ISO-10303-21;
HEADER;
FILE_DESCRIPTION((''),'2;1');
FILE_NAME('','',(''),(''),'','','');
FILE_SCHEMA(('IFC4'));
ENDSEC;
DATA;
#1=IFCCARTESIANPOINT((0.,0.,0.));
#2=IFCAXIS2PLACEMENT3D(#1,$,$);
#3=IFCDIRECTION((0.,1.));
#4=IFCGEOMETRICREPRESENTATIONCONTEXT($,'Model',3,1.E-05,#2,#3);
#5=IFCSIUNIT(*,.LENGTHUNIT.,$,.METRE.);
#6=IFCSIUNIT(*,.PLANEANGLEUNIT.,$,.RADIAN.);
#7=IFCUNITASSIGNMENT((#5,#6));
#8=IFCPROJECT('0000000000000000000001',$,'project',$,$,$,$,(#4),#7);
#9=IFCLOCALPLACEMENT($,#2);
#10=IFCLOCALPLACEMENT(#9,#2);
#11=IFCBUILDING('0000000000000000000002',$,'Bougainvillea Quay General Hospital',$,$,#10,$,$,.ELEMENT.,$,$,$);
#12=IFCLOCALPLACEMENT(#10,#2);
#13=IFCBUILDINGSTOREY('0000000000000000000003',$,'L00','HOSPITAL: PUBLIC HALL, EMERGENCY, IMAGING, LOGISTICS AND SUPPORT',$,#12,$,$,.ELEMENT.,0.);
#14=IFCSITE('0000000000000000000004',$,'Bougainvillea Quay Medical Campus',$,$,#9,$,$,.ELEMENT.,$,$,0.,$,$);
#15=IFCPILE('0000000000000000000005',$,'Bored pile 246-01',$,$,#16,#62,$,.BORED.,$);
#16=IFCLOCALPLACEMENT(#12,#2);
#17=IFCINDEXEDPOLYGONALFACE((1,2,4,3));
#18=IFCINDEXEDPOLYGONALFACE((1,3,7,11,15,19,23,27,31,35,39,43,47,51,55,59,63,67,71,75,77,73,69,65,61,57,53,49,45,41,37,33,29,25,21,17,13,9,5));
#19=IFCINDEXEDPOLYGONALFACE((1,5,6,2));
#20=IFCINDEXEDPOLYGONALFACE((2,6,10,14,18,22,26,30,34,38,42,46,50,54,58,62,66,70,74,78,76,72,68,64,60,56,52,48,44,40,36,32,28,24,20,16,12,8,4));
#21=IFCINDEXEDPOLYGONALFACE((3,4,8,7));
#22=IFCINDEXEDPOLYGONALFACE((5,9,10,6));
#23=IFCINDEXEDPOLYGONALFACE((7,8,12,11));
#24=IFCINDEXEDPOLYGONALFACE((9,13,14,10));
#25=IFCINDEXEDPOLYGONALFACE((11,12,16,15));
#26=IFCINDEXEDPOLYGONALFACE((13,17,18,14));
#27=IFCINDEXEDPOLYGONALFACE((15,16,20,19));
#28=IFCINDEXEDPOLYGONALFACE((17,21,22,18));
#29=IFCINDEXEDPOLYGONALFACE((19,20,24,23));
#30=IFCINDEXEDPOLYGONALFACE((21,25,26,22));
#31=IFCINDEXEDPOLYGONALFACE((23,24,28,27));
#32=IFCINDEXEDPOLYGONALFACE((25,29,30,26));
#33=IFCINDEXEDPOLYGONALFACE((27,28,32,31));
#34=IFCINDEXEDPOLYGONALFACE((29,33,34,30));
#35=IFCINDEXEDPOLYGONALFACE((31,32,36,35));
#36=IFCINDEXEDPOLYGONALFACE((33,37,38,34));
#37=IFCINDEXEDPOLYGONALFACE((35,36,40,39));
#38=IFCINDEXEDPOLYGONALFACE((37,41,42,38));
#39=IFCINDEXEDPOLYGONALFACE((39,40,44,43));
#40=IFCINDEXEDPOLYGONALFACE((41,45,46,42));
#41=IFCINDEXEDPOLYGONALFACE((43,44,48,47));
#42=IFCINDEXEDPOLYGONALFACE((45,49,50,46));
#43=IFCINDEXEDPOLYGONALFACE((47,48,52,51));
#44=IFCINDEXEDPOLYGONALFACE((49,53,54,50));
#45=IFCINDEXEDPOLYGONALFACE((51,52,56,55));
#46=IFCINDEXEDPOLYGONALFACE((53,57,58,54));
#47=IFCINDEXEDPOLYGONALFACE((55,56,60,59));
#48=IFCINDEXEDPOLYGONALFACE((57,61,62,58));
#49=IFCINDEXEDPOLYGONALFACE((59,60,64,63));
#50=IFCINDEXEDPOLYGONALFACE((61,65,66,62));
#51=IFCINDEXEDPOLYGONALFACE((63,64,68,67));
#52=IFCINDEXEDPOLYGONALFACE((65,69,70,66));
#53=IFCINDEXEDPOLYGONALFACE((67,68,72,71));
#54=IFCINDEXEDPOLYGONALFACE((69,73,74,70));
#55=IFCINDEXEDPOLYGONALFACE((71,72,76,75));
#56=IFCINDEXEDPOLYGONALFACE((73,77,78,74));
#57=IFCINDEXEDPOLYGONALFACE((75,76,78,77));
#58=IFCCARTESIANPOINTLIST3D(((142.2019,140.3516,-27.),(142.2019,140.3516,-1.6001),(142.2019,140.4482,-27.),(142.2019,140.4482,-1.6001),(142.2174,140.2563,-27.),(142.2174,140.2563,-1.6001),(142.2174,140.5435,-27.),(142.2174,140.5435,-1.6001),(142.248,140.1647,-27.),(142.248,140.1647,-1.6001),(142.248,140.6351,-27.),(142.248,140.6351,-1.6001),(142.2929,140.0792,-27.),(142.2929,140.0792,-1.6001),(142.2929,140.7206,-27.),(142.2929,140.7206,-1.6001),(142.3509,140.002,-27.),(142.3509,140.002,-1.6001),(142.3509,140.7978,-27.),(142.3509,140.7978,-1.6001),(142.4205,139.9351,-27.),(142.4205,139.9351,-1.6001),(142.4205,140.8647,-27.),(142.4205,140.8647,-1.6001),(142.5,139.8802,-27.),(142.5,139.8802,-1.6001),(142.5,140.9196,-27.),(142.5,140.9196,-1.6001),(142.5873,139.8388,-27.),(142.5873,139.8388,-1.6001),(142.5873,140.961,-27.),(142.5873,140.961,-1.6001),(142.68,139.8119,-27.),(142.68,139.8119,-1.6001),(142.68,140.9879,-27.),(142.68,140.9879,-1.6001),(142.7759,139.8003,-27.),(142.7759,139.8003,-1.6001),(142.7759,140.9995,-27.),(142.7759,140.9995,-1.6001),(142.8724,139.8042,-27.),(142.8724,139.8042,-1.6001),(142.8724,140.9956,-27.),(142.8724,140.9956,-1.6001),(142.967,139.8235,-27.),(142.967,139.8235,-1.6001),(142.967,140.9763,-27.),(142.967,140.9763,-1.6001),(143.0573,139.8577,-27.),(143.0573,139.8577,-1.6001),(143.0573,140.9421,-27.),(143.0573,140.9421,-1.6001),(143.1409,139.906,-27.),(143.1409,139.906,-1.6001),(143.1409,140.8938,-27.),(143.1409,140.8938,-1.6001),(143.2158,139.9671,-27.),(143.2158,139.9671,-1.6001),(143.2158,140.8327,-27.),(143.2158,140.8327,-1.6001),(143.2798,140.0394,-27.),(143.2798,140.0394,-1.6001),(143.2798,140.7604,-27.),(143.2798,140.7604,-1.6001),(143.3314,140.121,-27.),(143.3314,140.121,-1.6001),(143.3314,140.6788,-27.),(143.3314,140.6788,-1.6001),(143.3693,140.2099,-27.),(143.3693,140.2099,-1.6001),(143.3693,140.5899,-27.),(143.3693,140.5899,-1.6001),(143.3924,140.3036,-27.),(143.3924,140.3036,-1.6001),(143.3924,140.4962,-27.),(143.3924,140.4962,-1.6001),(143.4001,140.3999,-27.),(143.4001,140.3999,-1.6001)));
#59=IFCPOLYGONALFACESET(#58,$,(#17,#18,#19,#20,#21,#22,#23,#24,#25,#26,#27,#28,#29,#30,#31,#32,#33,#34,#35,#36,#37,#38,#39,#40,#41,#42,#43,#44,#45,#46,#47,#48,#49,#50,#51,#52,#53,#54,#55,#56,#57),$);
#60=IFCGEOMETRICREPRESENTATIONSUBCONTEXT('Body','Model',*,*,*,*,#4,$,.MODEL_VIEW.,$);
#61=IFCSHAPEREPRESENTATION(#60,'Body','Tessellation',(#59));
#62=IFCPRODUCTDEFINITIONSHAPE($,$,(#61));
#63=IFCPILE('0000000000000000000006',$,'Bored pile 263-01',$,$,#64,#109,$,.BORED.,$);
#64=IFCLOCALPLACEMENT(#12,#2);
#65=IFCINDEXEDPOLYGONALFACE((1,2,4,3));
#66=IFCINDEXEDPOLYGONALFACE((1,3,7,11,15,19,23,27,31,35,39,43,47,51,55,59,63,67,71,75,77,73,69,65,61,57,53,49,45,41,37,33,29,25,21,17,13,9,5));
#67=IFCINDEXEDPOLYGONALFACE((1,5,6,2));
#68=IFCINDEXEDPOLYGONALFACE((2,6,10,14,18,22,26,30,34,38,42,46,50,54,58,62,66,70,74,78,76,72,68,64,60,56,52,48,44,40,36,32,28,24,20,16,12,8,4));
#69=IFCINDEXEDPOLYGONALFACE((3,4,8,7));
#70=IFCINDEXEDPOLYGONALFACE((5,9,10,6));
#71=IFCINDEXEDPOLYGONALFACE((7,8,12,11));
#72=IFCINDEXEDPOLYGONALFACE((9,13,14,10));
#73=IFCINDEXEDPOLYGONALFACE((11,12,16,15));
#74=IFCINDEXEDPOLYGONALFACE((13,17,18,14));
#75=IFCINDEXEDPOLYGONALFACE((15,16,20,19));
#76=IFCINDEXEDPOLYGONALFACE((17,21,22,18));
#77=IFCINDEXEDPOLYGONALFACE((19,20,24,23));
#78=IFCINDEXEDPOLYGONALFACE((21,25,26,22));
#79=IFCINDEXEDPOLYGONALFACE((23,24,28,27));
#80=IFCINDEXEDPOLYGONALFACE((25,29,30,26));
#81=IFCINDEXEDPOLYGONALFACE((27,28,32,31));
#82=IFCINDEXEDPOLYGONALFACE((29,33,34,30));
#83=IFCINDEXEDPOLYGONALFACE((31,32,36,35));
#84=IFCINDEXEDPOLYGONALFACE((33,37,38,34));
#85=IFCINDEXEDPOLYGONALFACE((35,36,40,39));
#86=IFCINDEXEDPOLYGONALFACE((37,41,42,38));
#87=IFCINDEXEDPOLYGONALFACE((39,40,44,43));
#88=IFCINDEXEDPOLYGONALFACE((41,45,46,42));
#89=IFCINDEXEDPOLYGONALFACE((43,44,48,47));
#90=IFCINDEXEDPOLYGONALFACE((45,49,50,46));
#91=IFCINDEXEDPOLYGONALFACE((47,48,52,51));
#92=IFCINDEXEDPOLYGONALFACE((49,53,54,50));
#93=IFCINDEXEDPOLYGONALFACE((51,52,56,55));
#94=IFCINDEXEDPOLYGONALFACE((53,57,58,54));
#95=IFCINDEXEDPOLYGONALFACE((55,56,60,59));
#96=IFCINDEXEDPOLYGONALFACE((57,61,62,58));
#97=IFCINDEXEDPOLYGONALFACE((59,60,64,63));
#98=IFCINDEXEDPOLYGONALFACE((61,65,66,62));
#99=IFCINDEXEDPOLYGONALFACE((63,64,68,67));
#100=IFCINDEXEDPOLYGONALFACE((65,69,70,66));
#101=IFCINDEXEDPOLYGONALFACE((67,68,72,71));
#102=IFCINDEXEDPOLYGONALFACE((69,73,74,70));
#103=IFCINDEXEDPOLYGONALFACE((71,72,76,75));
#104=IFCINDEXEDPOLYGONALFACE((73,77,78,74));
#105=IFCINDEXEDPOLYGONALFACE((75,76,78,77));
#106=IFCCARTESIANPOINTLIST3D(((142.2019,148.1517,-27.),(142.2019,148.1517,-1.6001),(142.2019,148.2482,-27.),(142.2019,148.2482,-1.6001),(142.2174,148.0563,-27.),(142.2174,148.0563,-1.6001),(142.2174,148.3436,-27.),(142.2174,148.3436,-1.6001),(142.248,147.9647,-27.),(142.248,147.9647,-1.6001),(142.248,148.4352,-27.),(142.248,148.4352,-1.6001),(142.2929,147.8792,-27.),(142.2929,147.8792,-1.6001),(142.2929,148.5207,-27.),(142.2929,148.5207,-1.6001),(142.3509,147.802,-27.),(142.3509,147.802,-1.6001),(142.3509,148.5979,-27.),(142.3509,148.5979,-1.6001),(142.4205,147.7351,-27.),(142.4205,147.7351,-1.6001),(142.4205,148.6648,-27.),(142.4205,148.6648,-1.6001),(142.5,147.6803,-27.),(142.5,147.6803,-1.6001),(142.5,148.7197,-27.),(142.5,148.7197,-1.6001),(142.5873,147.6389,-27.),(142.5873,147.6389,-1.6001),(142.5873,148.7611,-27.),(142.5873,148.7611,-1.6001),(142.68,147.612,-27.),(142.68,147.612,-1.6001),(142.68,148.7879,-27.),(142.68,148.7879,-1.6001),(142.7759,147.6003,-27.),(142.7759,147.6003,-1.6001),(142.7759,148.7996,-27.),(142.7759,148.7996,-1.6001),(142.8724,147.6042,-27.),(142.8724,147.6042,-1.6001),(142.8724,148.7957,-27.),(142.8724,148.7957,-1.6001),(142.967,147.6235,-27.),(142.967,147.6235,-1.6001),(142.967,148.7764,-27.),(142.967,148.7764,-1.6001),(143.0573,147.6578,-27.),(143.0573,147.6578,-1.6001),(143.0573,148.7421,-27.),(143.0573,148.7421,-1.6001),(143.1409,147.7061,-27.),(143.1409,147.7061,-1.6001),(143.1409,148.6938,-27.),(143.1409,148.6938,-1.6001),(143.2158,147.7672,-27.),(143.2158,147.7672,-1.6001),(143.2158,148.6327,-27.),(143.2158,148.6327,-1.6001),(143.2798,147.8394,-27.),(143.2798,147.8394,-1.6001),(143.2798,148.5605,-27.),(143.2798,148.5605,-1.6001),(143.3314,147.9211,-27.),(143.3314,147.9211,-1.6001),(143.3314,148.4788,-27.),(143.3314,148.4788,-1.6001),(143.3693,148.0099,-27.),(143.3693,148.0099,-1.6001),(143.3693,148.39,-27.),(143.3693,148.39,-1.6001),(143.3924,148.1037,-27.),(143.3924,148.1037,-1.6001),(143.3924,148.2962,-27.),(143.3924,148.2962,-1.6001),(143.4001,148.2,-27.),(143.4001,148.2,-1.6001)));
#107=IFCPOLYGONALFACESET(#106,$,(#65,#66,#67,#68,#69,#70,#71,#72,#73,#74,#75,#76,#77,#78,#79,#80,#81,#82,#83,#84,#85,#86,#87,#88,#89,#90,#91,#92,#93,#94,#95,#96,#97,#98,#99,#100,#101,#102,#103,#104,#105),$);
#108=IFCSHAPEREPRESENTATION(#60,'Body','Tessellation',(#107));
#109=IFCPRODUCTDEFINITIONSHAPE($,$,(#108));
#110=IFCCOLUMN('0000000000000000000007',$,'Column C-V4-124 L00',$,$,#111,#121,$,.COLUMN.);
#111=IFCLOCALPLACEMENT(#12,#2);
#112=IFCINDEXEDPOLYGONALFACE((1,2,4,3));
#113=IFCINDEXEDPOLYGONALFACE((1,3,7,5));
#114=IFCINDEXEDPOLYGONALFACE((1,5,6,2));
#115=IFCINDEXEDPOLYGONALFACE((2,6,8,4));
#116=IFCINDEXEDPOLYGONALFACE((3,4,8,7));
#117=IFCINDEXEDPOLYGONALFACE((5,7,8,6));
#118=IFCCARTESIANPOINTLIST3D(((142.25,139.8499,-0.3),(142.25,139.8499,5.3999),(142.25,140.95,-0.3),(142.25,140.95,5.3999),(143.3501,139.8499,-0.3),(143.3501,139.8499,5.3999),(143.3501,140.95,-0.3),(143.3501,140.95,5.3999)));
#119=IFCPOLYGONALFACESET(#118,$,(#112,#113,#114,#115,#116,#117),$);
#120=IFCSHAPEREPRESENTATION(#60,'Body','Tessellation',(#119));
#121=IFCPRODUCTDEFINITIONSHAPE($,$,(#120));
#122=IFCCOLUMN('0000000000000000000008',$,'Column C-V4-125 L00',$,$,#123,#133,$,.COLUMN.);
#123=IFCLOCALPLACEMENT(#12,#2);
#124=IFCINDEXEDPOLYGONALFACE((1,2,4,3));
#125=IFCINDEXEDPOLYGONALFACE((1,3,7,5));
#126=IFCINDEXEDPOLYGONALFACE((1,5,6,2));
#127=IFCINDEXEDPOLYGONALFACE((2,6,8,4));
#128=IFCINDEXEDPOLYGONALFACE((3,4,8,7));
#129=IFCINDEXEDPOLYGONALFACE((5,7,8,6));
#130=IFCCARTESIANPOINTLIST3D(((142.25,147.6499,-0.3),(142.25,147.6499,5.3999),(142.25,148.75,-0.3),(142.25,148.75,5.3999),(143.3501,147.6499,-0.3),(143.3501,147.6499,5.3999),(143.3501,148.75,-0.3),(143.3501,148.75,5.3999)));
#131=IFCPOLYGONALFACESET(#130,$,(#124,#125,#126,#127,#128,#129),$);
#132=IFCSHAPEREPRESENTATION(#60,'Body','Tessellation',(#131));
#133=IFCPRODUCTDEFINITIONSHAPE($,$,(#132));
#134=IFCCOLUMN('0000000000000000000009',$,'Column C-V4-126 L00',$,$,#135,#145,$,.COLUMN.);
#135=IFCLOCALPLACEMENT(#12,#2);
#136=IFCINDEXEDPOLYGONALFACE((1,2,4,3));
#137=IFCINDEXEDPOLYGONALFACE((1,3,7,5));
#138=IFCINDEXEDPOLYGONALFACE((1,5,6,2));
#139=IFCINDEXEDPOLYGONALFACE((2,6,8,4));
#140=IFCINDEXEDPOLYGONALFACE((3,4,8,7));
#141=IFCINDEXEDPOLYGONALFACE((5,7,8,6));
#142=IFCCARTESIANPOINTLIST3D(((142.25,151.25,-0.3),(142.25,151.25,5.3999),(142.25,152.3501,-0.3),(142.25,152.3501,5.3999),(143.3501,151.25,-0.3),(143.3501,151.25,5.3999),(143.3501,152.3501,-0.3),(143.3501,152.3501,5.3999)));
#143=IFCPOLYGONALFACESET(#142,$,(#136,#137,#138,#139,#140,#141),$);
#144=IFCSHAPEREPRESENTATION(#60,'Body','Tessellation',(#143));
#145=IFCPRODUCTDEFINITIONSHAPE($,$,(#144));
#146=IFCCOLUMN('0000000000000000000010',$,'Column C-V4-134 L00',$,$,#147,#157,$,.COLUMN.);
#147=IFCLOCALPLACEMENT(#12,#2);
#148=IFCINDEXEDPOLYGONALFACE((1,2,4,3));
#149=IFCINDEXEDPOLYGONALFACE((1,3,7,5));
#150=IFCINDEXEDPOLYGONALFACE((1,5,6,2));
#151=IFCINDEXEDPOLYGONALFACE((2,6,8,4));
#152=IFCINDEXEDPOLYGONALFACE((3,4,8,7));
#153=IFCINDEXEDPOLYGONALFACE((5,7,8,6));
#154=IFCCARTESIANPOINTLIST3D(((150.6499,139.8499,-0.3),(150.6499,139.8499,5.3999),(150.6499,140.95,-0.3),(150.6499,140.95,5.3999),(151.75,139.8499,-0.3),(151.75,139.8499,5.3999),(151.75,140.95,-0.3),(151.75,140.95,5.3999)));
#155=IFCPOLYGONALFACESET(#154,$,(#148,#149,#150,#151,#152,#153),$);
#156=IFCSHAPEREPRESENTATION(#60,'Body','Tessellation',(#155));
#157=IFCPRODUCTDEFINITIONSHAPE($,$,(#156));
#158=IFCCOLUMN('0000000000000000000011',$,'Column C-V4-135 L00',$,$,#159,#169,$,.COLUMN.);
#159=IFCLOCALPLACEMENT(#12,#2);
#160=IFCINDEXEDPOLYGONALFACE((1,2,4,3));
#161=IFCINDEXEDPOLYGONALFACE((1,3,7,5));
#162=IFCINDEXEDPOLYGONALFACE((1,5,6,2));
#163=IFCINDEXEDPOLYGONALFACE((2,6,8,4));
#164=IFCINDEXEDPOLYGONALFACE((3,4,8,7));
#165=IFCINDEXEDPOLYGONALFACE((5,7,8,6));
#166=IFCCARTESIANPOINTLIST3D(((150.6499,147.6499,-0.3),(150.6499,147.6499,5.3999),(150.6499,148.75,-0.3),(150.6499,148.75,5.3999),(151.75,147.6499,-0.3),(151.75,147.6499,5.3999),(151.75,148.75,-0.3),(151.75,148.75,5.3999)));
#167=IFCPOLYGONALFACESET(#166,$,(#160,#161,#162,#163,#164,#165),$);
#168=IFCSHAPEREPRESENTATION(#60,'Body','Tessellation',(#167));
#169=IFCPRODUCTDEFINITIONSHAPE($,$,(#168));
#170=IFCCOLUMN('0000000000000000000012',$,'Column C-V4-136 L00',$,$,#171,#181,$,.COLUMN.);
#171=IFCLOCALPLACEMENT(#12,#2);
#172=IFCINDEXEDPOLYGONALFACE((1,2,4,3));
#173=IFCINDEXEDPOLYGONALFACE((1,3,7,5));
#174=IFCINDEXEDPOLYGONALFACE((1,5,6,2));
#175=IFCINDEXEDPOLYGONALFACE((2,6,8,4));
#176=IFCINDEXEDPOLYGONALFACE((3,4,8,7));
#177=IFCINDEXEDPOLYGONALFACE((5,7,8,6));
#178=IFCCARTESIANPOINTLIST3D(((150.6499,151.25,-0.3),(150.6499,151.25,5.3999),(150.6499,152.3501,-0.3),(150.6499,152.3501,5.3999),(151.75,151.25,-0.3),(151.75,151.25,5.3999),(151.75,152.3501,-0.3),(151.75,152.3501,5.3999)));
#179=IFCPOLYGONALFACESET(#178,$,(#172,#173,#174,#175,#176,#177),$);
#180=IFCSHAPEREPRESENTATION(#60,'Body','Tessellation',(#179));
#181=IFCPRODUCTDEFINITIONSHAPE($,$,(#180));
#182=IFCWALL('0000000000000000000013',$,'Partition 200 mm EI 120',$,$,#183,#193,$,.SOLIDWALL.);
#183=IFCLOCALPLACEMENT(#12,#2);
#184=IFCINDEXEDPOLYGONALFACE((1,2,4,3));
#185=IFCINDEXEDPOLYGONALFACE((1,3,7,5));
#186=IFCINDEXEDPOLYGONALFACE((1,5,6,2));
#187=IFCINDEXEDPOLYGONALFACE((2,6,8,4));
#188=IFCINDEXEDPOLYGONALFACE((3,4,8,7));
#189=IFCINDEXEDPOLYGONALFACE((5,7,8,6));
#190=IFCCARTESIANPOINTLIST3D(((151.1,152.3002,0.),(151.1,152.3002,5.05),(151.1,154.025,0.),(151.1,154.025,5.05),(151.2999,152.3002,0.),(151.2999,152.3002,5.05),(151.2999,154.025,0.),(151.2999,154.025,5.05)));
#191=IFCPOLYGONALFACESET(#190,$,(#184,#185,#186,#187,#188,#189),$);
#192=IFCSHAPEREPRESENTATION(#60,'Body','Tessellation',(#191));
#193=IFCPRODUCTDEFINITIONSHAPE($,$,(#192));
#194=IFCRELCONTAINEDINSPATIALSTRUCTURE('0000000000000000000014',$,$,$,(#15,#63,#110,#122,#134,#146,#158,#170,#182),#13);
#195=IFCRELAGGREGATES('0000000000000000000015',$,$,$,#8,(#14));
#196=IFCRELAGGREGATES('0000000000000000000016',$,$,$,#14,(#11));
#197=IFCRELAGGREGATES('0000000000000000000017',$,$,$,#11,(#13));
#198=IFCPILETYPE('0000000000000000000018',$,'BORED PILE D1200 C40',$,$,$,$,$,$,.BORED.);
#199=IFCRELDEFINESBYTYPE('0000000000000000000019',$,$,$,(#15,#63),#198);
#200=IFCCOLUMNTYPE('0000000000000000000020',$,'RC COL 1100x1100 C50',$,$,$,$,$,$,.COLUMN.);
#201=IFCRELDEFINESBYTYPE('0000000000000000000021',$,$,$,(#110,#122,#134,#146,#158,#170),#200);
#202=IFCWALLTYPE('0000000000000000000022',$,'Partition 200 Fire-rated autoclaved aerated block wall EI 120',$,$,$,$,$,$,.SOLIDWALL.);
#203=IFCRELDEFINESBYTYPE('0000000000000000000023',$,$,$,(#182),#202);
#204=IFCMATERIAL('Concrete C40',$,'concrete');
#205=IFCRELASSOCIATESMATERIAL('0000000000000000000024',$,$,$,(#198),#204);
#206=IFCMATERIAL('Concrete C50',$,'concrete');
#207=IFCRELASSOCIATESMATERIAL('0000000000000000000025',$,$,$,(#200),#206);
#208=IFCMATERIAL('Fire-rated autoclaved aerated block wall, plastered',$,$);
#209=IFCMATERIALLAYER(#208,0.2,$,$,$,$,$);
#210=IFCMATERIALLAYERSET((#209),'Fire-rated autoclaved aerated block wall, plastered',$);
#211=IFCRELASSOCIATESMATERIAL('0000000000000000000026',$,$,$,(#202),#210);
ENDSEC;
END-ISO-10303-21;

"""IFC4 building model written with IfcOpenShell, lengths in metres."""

from ifc_helpers import new_model, si_unit, direction, frame, frame_2d, origin, origin_2d, place, context, subcontext, project, spatial, rectangle, circle, extrude, material, layer, layer_set, material_profile, profile_set, type_object, element, save


model = new_model("IFC4")

# Units and contexts
model_context = context("Model", 3, precision=1e-05, world=origin(), true_north=direction((0.0, 1.0)))
body_context = subcontext(model_context, "Body", "Model", "MODEL_VIEW")
ifc_project = project(units=[si_unit("LENGTHUNIT", "METRE"), si_unit("PLANEANGLEUNIT", "RADIAN")], contexts=[model_context])

# Site, building, storey
site_placement = place(None, origin())
site = spatial("IfcSite", under=ifc_project, at=site_placement, Name="Bougainvillea Quay Medical Campus", CompositionType="ELEMENT", RefElevation=0.0)
building_placement = place(site_placement, origin())
building = spatial("IfcBuilding", under=site, at=building_placement, Name="Bougainvillea Quay General Hospital", CompositionType="ELEMENT")
storey_placement = place(building_placement, origin())
storey = spatial("IfcBuildingStorey", under=building, at=storey_placement, Name="L00", Description="HOSPITAL: PUBLIC HALL, EMERGENCY, IMAGING, LOGISTICS AND SUPPORT", CompositionType="ELEMENT", Elevation=0.0)

# Piles
ifc_material_1 = material(Name="Concrete C40", Category="concrete")
ifc_material_profile_1 = material_profile(ifc_material_1, circle(Radius=0.6001, at=origin_2d()))
ifc_profile_set_1 = profile_set([ifc_material_profile_1], Name="Concrete C40")
pile_type = type_object("IfcPileType", Name="BORED PILE D1200 C40", PredefinedType="BORED", material=ifc_profile_set_1)
for number, where, z_axis, x_axis, name in (
    (1, (142.8, 140.3999, -1.6001), (0.0, 0.0, -1.0), (1.0, 0.0, 0.0), "Bored pile 246-01"),
    (2, (142.8, 148.2, -1.6001), (0.0, 0.0, -1.0), (1.0, 0.0, 0.0), "Bored pile 263-01"),
):
    element("IfcPile", number, at=place(storey_placement, frame(where, z_axis=z_axis, x_axis=x_axis)), inside=storey, type_object=pile_type, Name=name, PredefinedType="BORED", context=body_context, shape_type="SweptSolid", body=[
        extrude(circle(Radius=0.6001, at=origin_2d()), origin(), (0.0, 0.0, 1.0), 25.3999),
    ])

# Columns
ifc_material_2 = material(Name="Concrete C50", Category="concrete")
ifc_material_profile_2 = material_profile(ifc_material_2, rectangle(XDim=1.1001, YDim=1.1001, at=origin_2d()))
ifc_profile_set_2 = profile_set([ifc_material_profile_2], Name="Concrete C50")
column_type = type_object("IfcColumnType", Name="RC COL 1100x1100 C50", PredefinedType="COLUMN", material=ifc_profile_set_2)
for number, where, z_axis, x_axis, name in (
    (3, (142.8, 140.3999, -0.3), (0.0, 0.0, 1.0), (1.0, 0.0, 0.0), "Column C-V4-124 L00"),
    (4, (142.8, 148.2, -0.3), (0.0, 0.0, 1.0), (1.0, 0.0, 0.0), "Column C-V4-125 L00"),
    (5, (142.8, 151.8, -0.3), (0.0, 0.0, 1.0), (1.0, 0.0, 0.0), "Column C-V4-126 L00"),
    (6, (151.2, 140.3999, -0.3), (0.0, 0.0, 1.0), (1.0, 0.0, 0.0), "Column C-V4-134 L00"),
    (7, (151.2, 148.2, -0.3), (0.0, 0.0, 1.0), (1.0, 0.0, 0.0), "Column C-V4-135 L00"),
    (8, (151.2, 151.8, -0.3), (0.0, 0.0, 1.0), (1.0, 0.0, 0.0), "Column C-V4-136 L00"),
):
    element("IfcColumn", number, at=place(storey_placement, frame(where, z_axis=z_axis, x_axis=x_axis)), inside=storey, type_object=column_type, Name=name, PredefinedType="COLUMN", context=body_context, shape_type="SweptSolid", body=[
        extrude(rectangle(XDim=1.1001, YDim=1.1001, at=origin_2d()), origin(), (0.0, 0.0, 1.0), 5.7),
    ])

# Wall
ifc_material_3 = material(Name="Fire-rated autoclaved aerated block wall, plastered")
ifc_layer_1 = layer(ifc_material_3, 0.2)
ifc_layer_set_1 = layer_set([ifc_layer_1], Name="Fire-rated autoclaved aerated block wall, plastered")
wall_type_1 = type_object("IfcWallType", Name="Partition 200 Fire-rated autoclaved aerated block wall EI 120", PredefinedType="SOLIDWALL", material=ifc_layer_set_1)
wall_1_placement = place(storey_placement, frame((151.2, 154.0249, 0.0), z_axis=(0.0, 0.0, 1.0), x_axis=(0.0, -1.0, 0.0)))
element("IfcWall", 9, at=wall_1_placement, inside=storey, type_object=wall_type_1, Name="Partition 200 mm EI 120", PredefinedType="SOLIDWALL", context=body_context, shape_type="SweptSolid", body=[
    extrude(rectangle(XDim=1.7249, YDim=0.2, at=frame_2d((0.8623, 0.0))), origin(), (0.0, 0.0, 1.0), 5.05),
])

save(model, "model.ifc")
